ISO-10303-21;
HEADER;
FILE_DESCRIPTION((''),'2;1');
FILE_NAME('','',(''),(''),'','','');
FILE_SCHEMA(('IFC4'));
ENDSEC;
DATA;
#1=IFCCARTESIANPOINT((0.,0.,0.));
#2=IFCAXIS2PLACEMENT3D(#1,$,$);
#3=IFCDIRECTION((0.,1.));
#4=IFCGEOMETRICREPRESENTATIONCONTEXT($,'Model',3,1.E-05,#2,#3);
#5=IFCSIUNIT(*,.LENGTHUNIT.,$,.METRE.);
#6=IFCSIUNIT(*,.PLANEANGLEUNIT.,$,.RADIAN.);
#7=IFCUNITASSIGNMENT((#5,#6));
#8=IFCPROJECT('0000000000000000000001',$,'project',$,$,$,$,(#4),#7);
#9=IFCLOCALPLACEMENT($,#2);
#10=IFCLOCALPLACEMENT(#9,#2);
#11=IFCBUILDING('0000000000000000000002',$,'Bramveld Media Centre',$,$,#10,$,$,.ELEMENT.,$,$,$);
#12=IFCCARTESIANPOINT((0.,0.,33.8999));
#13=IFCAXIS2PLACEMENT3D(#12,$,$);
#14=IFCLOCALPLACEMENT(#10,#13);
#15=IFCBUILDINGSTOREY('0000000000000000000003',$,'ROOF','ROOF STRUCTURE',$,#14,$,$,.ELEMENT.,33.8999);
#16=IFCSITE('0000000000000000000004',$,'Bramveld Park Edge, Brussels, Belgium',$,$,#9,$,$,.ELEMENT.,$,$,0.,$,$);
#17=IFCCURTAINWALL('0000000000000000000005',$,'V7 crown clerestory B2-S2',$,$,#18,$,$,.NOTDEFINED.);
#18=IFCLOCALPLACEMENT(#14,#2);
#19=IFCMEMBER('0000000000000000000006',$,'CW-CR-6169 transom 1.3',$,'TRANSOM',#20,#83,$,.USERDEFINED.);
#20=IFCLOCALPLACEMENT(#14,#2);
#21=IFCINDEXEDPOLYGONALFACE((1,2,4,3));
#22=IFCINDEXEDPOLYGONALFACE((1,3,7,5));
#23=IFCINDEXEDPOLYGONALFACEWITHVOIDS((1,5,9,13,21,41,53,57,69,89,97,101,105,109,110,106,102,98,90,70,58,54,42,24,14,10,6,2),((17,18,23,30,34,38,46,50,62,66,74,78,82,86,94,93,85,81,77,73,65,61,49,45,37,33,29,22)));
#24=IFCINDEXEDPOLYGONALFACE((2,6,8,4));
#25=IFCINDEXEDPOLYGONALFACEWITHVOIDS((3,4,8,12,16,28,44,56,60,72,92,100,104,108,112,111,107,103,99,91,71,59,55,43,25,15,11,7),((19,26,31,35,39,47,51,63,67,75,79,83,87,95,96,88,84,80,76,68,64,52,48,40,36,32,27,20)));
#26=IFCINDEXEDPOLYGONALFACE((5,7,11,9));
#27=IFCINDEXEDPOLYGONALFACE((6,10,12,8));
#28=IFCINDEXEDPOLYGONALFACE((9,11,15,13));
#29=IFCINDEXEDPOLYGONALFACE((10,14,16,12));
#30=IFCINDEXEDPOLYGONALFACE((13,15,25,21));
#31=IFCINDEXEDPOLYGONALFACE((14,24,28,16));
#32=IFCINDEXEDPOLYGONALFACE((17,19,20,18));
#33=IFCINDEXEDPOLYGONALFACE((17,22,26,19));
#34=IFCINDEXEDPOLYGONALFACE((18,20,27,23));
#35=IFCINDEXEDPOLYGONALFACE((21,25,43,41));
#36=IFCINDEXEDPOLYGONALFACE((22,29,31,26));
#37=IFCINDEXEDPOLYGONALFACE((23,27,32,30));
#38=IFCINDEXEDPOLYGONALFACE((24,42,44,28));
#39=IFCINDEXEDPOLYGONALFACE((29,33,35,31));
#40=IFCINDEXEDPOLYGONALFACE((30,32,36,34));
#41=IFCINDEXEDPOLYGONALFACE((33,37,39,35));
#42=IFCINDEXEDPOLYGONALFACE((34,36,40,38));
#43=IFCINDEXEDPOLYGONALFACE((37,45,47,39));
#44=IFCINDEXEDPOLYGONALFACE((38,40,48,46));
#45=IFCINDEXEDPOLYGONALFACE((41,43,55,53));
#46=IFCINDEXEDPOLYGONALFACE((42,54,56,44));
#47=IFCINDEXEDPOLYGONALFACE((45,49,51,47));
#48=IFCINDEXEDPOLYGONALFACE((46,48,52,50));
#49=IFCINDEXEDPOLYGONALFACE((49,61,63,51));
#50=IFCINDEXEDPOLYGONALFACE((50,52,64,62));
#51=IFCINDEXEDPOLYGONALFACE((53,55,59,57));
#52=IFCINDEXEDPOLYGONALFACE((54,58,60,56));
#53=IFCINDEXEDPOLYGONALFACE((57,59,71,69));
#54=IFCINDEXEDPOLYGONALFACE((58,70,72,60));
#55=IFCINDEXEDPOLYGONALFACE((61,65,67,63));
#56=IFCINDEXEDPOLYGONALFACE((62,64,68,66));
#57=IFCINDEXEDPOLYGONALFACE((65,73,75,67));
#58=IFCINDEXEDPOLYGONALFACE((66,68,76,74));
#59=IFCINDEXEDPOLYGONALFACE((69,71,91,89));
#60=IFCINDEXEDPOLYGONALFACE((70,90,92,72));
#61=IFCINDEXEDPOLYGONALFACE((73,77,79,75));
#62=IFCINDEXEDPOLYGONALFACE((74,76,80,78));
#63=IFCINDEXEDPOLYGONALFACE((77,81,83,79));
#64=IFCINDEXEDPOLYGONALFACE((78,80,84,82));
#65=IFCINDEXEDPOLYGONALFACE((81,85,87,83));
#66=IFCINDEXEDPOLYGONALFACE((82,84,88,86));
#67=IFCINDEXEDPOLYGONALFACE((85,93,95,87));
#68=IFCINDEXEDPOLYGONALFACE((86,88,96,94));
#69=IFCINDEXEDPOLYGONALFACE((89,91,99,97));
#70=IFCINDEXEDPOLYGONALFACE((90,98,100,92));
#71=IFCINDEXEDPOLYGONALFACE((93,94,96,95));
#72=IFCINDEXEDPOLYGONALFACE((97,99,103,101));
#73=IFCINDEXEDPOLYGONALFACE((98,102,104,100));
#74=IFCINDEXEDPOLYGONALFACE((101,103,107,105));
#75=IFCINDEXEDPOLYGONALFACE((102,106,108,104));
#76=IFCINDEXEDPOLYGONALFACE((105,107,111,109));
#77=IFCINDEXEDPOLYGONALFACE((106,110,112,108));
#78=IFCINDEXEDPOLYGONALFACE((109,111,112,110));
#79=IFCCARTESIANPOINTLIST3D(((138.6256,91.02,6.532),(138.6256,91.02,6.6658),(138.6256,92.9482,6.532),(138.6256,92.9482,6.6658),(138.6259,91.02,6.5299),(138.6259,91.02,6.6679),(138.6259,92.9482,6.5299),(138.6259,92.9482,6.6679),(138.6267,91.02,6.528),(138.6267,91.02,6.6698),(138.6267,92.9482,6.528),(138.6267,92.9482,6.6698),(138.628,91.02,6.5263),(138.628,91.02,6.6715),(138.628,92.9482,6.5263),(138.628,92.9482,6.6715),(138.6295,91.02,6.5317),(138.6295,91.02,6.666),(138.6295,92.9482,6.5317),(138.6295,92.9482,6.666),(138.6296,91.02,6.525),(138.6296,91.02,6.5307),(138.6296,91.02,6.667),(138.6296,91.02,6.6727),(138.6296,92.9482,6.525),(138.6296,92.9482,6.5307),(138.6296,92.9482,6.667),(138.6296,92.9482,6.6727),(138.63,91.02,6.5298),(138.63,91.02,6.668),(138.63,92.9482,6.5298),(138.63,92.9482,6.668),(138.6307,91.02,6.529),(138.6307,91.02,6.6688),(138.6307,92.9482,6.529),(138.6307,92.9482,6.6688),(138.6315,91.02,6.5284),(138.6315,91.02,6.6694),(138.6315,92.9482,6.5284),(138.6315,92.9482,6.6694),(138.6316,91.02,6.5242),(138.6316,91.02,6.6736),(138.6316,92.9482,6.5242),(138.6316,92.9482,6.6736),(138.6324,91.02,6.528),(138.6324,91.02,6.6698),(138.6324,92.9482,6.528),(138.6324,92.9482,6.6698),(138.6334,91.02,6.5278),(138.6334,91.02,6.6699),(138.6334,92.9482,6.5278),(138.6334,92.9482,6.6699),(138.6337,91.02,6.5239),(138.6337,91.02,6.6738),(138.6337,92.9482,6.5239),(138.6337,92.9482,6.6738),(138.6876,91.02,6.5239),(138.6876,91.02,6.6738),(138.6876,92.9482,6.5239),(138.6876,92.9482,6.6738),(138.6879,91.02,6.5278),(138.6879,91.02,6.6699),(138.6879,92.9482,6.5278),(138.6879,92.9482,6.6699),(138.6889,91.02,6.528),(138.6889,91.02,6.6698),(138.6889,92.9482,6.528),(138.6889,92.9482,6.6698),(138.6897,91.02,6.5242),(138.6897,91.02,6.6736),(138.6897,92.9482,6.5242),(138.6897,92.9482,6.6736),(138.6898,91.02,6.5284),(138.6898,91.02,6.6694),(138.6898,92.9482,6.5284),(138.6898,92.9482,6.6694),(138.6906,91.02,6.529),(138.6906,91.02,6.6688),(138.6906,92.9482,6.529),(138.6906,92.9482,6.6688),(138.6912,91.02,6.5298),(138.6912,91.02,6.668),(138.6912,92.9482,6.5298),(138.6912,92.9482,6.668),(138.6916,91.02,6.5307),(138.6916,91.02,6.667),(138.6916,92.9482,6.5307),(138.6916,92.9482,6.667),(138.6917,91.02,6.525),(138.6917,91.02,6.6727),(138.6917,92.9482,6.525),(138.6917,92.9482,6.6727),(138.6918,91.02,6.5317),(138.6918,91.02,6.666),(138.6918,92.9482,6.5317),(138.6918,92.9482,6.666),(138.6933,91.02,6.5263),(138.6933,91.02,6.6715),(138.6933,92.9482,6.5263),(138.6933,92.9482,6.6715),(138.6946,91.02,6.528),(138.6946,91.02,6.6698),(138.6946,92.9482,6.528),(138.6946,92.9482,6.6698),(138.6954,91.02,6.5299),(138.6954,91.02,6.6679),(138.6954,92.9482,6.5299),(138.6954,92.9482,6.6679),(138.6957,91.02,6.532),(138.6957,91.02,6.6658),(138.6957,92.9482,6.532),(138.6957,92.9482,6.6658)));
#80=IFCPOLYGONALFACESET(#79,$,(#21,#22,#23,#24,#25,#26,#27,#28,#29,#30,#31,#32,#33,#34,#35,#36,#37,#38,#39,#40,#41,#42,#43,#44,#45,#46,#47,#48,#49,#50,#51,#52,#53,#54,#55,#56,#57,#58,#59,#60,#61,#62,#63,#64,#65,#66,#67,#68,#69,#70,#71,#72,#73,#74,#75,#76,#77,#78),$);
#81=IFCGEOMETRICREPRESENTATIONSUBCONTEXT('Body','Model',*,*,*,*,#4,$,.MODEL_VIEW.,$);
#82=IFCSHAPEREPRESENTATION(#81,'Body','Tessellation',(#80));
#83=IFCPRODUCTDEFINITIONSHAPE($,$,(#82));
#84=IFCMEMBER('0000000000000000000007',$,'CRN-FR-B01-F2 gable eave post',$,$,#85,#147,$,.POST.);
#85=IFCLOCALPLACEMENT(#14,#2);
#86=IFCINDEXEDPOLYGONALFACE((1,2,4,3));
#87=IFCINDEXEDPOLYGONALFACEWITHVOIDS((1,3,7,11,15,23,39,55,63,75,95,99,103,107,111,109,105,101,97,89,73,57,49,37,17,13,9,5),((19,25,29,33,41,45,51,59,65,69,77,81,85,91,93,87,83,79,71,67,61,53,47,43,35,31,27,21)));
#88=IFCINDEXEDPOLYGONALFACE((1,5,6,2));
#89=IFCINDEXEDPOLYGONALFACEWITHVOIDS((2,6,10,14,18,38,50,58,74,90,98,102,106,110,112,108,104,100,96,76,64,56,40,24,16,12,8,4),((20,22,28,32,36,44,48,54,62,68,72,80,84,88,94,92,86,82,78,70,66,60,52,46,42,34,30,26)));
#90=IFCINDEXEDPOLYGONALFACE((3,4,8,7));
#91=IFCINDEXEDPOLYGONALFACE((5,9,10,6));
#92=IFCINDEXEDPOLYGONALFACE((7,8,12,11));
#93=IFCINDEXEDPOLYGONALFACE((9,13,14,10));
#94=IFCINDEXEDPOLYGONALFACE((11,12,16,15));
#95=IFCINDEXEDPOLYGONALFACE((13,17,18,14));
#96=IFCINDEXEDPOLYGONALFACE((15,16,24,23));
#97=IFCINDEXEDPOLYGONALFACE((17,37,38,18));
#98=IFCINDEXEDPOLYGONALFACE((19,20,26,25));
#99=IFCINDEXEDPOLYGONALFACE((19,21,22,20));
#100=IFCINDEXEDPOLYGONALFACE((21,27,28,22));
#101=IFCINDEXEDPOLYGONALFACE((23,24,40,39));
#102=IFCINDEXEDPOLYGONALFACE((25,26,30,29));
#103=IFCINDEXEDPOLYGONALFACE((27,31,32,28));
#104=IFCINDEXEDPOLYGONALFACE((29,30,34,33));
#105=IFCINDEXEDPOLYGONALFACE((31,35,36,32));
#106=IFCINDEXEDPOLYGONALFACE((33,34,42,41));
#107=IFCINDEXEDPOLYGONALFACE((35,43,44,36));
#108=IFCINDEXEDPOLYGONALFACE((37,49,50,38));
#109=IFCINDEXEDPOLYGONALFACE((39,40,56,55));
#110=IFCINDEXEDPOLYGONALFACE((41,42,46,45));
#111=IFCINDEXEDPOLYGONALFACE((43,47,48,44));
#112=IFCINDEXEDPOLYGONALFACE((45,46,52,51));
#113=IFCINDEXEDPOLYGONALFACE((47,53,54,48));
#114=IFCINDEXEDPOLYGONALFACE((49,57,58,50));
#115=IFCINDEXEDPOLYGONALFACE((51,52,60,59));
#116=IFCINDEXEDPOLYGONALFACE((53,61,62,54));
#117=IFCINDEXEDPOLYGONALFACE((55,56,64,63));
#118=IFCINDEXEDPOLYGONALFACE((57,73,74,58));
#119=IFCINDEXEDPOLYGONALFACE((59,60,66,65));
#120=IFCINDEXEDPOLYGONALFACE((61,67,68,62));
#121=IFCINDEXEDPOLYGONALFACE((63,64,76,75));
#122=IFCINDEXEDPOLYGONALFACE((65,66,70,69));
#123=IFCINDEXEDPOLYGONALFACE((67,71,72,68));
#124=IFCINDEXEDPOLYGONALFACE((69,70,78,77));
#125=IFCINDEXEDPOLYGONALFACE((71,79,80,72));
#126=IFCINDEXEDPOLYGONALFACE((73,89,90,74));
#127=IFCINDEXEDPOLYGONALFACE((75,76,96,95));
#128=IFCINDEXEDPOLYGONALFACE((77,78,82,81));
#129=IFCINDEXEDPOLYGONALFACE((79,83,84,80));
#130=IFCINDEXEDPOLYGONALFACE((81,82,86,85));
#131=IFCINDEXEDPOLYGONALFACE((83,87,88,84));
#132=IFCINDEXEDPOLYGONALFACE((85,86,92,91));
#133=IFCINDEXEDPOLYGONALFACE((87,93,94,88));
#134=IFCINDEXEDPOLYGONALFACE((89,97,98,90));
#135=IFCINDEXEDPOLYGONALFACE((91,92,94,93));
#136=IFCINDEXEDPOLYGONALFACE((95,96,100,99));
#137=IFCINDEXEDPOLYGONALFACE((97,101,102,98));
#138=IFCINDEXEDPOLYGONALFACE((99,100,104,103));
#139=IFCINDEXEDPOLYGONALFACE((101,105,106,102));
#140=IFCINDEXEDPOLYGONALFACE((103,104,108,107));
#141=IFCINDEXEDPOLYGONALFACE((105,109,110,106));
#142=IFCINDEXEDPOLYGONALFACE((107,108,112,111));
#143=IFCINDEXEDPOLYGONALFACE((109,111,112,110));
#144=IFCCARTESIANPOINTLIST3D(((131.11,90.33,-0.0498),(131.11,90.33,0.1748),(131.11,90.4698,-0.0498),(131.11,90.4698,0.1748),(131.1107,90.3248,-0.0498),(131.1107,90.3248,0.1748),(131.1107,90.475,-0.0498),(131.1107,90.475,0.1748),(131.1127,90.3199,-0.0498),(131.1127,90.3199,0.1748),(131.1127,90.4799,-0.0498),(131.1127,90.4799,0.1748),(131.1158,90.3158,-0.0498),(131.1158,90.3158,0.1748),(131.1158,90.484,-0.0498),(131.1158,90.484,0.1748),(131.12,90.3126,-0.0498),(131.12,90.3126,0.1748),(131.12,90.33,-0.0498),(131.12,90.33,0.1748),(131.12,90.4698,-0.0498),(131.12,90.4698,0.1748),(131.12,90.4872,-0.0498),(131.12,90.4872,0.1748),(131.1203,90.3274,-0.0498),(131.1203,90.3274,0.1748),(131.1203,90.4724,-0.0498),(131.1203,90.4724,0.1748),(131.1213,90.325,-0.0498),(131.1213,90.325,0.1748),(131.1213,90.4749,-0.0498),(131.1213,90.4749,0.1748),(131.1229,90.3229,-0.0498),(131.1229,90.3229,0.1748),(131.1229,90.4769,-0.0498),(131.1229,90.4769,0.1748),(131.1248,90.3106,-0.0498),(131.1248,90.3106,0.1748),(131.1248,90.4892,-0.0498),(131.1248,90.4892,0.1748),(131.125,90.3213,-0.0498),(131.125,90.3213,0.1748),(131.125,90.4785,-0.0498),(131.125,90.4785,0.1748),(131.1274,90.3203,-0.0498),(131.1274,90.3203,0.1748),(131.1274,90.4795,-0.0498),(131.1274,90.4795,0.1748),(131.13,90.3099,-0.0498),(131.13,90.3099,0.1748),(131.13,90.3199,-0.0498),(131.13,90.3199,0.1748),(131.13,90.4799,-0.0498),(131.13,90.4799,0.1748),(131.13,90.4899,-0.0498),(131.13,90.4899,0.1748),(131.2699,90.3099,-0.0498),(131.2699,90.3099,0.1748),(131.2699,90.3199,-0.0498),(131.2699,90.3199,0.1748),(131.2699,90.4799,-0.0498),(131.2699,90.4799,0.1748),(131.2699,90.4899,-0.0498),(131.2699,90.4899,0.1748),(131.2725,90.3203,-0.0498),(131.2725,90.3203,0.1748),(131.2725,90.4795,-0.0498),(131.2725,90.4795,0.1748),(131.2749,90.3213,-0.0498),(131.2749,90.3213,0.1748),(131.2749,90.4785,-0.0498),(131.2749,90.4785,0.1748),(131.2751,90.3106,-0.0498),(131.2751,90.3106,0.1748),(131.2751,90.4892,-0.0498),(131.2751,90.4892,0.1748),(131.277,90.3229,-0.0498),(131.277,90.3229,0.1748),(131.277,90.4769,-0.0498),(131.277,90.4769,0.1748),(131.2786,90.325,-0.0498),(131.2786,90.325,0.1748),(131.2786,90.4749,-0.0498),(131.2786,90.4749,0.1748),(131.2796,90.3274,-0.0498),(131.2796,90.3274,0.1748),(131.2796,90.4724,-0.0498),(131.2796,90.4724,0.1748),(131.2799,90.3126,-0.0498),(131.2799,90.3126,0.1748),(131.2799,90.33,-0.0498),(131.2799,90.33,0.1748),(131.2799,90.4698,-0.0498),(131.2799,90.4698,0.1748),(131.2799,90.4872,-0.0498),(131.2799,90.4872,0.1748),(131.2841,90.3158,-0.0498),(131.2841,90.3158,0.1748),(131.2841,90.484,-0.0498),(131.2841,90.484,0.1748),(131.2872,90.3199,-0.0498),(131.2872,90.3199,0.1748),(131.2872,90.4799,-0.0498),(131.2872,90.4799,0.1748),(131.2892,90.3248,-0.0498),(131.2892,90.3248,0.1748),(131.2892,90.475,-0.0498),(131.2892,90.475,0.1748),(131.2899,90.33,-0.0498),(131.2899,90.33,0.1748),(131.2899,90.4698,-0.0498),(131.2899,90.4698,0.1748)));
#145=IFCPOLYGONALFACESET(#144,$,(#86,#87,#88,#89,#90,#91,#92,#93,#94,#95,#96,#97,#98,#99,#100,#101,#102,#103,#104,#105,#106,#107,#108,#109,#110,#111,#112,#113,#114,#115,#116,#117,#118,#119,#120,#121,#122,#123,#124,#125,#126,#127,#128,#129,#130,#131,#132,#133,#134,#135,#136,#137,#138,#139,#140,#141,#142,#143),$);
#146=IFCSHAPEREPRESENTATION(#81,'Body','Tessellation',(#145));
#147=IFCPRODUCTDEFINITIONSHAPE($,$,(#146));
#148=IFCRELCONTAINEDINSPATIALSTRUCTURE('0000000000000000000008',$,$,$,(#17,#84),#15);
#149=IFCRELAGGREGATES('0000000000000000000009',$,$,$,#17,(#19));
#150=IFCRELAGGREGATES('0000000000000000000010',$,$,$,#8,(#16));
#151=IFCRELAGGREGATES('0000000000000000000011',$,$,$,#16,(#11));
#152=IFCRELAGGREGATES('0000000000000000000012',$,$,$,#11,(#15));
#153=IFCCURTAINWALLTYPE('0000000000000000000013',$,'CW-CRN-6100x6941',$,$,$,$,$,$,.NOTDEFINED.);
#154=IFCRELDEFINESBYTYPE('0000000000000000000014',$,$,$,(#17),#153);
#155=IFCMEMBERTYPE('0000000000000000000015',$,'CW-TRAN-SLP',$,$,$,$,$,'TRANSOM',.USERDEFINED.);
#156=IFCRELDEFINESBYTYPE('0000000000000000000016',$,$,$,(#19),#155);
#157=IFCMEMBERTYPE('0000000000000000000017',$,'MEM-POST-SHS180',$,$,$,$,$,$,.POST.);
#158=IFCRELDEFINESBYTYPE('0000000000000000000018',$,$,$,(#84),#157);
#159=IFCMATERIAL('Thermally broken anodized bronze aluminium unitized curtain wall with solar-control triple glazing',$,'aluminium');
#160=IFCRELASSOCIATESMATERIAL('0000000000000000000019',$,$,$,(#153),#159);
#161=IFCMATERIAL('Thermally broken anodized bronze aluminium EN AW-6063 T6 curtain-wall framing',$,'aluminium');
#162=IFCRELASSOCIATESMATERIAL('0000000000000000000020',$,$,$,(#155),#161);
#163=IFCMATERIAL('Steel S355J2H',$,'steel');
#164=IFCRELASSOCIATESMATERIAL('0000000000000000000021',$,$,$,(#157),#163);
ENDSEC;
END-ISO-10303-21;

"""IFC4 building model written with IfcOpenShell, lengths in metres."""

from ifc_helpers import new_model, si_unit, direction, frame, origin, origin_2d, place, context, subcontext, project, spatial, hollow_rectangle, extrude, material, material_profile, profile_set, type_object, element, aggregate, save


model = new_model("IFC4")

# Units and contexts
model_context = context("Model", 3, precision=1e-05, world=origin(), true_north=direction((0.0, 1.0)))
body_context = subcontext(model_context, "Body", "Model", "MODEL_VIEW")
ifc_project = project(units=[si_unit("LENGTHUNIT", "METRE"), si_unit("PLANEANGLEUNIT", "RADIAN")], contexts=[model_context])

# Site, building, storey
site_placement = place(None, origin())
site = spatial("IfcSite", under=ifc_project, at=site_placement, Name="Bramveld Park Edge, Brussels, Belgium", CompositionType="ELEMENT", RefElevation=0.0)
building_placement = place(site_placement, origin())
building = spatial("IfcBuilding", under=site, at=building_placement, Name="Bramveld Media Centre", CompositionType="ELEMENT")
storey_placement = place(building_placement, frame((0.0, 0.0, 33.8999)))
storey = spatial("IfcBuildingStorey", under=building, at=storey_placement, Name="ROOF", Description="ROOF STRUCTURE", CompositionType="ELEMENT", Elevation=33.8999)

# Shared definitions
ifc_material_1 = material(Name="Thermally broken anodized bronze aluminium unitized curtain wall with solar-control triple glazing", Category="aluminium")
curtain_wall_type = type_object("IfcCurtainWallType", Name="CW-CRN-6100x6941", PredefinedType="NOTDEFINED", material=ifc_material_1)

# Curtain wall, member
ifc_material_2 = material(Name="Thermally broken anodized bronze aluminium EN AW-6063 T6 curtain-wall framing", Category="aluminium")
ifc_material_profile_1 = material_profile(ifc_material_2, hollow_rectangle(XDim=0.0701, YDim=0.1499, WallThickness=0.0039, InnerFilletRadius=0.0039, OuterFilletRadius=0.0081, at=origin_2d()), Name="AL-TRAN 70x150")
ifc_profile_set_1 = profile_set([ifc_material_profile_1], Name="Thermally broken anodized bronze aluminium EN AW-6063 T6 curtain-wall framing")
member_type_1 = type_object("IfcMemberType", Name="CW-TRAN-SLP", ElementType="TRANSOM", PredefinedType="USERDEFINED", material=ifc_profile_set_1)
curtain_wall_1_placement = place(storey_placement, origin())
curtain_wall_1 = element("IfcCurtainWall", 1, at=curtain_wall_1_placement, inside=storey, type_object=curtain_wall_type, Name="V7 crown clerestory B2-S2", PredefinedType="NOTDEFINED")
member_1_placement = place(storey_placement, frame((138.6606, 91.02, 6.5989), z_axis=(0.0, 1.0, 0.0), x_axis=(-1.0, 0.0, 0.0)))
member_1 = element("IfcMember", 2, at=member_1_placement, type_object=member_type_1, Name="CW-CR-6169 transom 1.3", ObjectType="TRANSOM", PredefinedType="USERDEFINED", context=body_context, shape_type="SweptSolid", body=[
    extrude(hollow_rectangle(XDim=0.0701, YDim=0.1499, WallThickness=0.0039, InnerFilletRadius=0.0039, OuterFilletRadius=0.0081, at=origin_2d()), origin(), (0.0, 0.0, 1.0), 1.9282),
])

# Member
ifc_material_3 = material(Name="Steel S355J2H", Category="steel")
ifc_material_profile_2 = material_profile(ifc_material_3, hollow_rectangle(XDim=0.1799, YDim=0.1799, WallThickness=0.01, InnerFilletRadius=0.01, OuterFilletRadius=0.02, at=origin_2d()), Name="SHS 180x180x10")
ifc_profile_set_2 = profile_set([ifc_material_profile_2], Name="Steel S355J2H")
member_type_2 = type_object("IfcMemberType", Name="MEM-POST-SHS180", PredefinedType="POST", material=ifc_profile_set_2)
member_2_placement = place(storey_placement, frame((131.2, 90.3999, -0.0498), z_axis=(0.0, 0.0, 1.0), x_axis=(1.0, 0.0, 0.0)))
element("IfcMember", 3, at=member_2_placement, inside=storey, type_object=member_type_2, Name="CRN-FR-B01-F2 gable eave post", PredefinedType="POST", context=body_context, shape_type="SweptSolid", body=[
    extrude(hollow_rectangle(XDim=0.1799, YDim=0.1799, WallThickness=0.01, InnerFilletRadius=0.01, OuterFilletRadius=0.02, at=origin_2d()), origin(), (0.0, 0.0, 1.0), 0.2246),
])

aggregate(curtain_wall_1, [member_1])

save(model, "model.ifc")
